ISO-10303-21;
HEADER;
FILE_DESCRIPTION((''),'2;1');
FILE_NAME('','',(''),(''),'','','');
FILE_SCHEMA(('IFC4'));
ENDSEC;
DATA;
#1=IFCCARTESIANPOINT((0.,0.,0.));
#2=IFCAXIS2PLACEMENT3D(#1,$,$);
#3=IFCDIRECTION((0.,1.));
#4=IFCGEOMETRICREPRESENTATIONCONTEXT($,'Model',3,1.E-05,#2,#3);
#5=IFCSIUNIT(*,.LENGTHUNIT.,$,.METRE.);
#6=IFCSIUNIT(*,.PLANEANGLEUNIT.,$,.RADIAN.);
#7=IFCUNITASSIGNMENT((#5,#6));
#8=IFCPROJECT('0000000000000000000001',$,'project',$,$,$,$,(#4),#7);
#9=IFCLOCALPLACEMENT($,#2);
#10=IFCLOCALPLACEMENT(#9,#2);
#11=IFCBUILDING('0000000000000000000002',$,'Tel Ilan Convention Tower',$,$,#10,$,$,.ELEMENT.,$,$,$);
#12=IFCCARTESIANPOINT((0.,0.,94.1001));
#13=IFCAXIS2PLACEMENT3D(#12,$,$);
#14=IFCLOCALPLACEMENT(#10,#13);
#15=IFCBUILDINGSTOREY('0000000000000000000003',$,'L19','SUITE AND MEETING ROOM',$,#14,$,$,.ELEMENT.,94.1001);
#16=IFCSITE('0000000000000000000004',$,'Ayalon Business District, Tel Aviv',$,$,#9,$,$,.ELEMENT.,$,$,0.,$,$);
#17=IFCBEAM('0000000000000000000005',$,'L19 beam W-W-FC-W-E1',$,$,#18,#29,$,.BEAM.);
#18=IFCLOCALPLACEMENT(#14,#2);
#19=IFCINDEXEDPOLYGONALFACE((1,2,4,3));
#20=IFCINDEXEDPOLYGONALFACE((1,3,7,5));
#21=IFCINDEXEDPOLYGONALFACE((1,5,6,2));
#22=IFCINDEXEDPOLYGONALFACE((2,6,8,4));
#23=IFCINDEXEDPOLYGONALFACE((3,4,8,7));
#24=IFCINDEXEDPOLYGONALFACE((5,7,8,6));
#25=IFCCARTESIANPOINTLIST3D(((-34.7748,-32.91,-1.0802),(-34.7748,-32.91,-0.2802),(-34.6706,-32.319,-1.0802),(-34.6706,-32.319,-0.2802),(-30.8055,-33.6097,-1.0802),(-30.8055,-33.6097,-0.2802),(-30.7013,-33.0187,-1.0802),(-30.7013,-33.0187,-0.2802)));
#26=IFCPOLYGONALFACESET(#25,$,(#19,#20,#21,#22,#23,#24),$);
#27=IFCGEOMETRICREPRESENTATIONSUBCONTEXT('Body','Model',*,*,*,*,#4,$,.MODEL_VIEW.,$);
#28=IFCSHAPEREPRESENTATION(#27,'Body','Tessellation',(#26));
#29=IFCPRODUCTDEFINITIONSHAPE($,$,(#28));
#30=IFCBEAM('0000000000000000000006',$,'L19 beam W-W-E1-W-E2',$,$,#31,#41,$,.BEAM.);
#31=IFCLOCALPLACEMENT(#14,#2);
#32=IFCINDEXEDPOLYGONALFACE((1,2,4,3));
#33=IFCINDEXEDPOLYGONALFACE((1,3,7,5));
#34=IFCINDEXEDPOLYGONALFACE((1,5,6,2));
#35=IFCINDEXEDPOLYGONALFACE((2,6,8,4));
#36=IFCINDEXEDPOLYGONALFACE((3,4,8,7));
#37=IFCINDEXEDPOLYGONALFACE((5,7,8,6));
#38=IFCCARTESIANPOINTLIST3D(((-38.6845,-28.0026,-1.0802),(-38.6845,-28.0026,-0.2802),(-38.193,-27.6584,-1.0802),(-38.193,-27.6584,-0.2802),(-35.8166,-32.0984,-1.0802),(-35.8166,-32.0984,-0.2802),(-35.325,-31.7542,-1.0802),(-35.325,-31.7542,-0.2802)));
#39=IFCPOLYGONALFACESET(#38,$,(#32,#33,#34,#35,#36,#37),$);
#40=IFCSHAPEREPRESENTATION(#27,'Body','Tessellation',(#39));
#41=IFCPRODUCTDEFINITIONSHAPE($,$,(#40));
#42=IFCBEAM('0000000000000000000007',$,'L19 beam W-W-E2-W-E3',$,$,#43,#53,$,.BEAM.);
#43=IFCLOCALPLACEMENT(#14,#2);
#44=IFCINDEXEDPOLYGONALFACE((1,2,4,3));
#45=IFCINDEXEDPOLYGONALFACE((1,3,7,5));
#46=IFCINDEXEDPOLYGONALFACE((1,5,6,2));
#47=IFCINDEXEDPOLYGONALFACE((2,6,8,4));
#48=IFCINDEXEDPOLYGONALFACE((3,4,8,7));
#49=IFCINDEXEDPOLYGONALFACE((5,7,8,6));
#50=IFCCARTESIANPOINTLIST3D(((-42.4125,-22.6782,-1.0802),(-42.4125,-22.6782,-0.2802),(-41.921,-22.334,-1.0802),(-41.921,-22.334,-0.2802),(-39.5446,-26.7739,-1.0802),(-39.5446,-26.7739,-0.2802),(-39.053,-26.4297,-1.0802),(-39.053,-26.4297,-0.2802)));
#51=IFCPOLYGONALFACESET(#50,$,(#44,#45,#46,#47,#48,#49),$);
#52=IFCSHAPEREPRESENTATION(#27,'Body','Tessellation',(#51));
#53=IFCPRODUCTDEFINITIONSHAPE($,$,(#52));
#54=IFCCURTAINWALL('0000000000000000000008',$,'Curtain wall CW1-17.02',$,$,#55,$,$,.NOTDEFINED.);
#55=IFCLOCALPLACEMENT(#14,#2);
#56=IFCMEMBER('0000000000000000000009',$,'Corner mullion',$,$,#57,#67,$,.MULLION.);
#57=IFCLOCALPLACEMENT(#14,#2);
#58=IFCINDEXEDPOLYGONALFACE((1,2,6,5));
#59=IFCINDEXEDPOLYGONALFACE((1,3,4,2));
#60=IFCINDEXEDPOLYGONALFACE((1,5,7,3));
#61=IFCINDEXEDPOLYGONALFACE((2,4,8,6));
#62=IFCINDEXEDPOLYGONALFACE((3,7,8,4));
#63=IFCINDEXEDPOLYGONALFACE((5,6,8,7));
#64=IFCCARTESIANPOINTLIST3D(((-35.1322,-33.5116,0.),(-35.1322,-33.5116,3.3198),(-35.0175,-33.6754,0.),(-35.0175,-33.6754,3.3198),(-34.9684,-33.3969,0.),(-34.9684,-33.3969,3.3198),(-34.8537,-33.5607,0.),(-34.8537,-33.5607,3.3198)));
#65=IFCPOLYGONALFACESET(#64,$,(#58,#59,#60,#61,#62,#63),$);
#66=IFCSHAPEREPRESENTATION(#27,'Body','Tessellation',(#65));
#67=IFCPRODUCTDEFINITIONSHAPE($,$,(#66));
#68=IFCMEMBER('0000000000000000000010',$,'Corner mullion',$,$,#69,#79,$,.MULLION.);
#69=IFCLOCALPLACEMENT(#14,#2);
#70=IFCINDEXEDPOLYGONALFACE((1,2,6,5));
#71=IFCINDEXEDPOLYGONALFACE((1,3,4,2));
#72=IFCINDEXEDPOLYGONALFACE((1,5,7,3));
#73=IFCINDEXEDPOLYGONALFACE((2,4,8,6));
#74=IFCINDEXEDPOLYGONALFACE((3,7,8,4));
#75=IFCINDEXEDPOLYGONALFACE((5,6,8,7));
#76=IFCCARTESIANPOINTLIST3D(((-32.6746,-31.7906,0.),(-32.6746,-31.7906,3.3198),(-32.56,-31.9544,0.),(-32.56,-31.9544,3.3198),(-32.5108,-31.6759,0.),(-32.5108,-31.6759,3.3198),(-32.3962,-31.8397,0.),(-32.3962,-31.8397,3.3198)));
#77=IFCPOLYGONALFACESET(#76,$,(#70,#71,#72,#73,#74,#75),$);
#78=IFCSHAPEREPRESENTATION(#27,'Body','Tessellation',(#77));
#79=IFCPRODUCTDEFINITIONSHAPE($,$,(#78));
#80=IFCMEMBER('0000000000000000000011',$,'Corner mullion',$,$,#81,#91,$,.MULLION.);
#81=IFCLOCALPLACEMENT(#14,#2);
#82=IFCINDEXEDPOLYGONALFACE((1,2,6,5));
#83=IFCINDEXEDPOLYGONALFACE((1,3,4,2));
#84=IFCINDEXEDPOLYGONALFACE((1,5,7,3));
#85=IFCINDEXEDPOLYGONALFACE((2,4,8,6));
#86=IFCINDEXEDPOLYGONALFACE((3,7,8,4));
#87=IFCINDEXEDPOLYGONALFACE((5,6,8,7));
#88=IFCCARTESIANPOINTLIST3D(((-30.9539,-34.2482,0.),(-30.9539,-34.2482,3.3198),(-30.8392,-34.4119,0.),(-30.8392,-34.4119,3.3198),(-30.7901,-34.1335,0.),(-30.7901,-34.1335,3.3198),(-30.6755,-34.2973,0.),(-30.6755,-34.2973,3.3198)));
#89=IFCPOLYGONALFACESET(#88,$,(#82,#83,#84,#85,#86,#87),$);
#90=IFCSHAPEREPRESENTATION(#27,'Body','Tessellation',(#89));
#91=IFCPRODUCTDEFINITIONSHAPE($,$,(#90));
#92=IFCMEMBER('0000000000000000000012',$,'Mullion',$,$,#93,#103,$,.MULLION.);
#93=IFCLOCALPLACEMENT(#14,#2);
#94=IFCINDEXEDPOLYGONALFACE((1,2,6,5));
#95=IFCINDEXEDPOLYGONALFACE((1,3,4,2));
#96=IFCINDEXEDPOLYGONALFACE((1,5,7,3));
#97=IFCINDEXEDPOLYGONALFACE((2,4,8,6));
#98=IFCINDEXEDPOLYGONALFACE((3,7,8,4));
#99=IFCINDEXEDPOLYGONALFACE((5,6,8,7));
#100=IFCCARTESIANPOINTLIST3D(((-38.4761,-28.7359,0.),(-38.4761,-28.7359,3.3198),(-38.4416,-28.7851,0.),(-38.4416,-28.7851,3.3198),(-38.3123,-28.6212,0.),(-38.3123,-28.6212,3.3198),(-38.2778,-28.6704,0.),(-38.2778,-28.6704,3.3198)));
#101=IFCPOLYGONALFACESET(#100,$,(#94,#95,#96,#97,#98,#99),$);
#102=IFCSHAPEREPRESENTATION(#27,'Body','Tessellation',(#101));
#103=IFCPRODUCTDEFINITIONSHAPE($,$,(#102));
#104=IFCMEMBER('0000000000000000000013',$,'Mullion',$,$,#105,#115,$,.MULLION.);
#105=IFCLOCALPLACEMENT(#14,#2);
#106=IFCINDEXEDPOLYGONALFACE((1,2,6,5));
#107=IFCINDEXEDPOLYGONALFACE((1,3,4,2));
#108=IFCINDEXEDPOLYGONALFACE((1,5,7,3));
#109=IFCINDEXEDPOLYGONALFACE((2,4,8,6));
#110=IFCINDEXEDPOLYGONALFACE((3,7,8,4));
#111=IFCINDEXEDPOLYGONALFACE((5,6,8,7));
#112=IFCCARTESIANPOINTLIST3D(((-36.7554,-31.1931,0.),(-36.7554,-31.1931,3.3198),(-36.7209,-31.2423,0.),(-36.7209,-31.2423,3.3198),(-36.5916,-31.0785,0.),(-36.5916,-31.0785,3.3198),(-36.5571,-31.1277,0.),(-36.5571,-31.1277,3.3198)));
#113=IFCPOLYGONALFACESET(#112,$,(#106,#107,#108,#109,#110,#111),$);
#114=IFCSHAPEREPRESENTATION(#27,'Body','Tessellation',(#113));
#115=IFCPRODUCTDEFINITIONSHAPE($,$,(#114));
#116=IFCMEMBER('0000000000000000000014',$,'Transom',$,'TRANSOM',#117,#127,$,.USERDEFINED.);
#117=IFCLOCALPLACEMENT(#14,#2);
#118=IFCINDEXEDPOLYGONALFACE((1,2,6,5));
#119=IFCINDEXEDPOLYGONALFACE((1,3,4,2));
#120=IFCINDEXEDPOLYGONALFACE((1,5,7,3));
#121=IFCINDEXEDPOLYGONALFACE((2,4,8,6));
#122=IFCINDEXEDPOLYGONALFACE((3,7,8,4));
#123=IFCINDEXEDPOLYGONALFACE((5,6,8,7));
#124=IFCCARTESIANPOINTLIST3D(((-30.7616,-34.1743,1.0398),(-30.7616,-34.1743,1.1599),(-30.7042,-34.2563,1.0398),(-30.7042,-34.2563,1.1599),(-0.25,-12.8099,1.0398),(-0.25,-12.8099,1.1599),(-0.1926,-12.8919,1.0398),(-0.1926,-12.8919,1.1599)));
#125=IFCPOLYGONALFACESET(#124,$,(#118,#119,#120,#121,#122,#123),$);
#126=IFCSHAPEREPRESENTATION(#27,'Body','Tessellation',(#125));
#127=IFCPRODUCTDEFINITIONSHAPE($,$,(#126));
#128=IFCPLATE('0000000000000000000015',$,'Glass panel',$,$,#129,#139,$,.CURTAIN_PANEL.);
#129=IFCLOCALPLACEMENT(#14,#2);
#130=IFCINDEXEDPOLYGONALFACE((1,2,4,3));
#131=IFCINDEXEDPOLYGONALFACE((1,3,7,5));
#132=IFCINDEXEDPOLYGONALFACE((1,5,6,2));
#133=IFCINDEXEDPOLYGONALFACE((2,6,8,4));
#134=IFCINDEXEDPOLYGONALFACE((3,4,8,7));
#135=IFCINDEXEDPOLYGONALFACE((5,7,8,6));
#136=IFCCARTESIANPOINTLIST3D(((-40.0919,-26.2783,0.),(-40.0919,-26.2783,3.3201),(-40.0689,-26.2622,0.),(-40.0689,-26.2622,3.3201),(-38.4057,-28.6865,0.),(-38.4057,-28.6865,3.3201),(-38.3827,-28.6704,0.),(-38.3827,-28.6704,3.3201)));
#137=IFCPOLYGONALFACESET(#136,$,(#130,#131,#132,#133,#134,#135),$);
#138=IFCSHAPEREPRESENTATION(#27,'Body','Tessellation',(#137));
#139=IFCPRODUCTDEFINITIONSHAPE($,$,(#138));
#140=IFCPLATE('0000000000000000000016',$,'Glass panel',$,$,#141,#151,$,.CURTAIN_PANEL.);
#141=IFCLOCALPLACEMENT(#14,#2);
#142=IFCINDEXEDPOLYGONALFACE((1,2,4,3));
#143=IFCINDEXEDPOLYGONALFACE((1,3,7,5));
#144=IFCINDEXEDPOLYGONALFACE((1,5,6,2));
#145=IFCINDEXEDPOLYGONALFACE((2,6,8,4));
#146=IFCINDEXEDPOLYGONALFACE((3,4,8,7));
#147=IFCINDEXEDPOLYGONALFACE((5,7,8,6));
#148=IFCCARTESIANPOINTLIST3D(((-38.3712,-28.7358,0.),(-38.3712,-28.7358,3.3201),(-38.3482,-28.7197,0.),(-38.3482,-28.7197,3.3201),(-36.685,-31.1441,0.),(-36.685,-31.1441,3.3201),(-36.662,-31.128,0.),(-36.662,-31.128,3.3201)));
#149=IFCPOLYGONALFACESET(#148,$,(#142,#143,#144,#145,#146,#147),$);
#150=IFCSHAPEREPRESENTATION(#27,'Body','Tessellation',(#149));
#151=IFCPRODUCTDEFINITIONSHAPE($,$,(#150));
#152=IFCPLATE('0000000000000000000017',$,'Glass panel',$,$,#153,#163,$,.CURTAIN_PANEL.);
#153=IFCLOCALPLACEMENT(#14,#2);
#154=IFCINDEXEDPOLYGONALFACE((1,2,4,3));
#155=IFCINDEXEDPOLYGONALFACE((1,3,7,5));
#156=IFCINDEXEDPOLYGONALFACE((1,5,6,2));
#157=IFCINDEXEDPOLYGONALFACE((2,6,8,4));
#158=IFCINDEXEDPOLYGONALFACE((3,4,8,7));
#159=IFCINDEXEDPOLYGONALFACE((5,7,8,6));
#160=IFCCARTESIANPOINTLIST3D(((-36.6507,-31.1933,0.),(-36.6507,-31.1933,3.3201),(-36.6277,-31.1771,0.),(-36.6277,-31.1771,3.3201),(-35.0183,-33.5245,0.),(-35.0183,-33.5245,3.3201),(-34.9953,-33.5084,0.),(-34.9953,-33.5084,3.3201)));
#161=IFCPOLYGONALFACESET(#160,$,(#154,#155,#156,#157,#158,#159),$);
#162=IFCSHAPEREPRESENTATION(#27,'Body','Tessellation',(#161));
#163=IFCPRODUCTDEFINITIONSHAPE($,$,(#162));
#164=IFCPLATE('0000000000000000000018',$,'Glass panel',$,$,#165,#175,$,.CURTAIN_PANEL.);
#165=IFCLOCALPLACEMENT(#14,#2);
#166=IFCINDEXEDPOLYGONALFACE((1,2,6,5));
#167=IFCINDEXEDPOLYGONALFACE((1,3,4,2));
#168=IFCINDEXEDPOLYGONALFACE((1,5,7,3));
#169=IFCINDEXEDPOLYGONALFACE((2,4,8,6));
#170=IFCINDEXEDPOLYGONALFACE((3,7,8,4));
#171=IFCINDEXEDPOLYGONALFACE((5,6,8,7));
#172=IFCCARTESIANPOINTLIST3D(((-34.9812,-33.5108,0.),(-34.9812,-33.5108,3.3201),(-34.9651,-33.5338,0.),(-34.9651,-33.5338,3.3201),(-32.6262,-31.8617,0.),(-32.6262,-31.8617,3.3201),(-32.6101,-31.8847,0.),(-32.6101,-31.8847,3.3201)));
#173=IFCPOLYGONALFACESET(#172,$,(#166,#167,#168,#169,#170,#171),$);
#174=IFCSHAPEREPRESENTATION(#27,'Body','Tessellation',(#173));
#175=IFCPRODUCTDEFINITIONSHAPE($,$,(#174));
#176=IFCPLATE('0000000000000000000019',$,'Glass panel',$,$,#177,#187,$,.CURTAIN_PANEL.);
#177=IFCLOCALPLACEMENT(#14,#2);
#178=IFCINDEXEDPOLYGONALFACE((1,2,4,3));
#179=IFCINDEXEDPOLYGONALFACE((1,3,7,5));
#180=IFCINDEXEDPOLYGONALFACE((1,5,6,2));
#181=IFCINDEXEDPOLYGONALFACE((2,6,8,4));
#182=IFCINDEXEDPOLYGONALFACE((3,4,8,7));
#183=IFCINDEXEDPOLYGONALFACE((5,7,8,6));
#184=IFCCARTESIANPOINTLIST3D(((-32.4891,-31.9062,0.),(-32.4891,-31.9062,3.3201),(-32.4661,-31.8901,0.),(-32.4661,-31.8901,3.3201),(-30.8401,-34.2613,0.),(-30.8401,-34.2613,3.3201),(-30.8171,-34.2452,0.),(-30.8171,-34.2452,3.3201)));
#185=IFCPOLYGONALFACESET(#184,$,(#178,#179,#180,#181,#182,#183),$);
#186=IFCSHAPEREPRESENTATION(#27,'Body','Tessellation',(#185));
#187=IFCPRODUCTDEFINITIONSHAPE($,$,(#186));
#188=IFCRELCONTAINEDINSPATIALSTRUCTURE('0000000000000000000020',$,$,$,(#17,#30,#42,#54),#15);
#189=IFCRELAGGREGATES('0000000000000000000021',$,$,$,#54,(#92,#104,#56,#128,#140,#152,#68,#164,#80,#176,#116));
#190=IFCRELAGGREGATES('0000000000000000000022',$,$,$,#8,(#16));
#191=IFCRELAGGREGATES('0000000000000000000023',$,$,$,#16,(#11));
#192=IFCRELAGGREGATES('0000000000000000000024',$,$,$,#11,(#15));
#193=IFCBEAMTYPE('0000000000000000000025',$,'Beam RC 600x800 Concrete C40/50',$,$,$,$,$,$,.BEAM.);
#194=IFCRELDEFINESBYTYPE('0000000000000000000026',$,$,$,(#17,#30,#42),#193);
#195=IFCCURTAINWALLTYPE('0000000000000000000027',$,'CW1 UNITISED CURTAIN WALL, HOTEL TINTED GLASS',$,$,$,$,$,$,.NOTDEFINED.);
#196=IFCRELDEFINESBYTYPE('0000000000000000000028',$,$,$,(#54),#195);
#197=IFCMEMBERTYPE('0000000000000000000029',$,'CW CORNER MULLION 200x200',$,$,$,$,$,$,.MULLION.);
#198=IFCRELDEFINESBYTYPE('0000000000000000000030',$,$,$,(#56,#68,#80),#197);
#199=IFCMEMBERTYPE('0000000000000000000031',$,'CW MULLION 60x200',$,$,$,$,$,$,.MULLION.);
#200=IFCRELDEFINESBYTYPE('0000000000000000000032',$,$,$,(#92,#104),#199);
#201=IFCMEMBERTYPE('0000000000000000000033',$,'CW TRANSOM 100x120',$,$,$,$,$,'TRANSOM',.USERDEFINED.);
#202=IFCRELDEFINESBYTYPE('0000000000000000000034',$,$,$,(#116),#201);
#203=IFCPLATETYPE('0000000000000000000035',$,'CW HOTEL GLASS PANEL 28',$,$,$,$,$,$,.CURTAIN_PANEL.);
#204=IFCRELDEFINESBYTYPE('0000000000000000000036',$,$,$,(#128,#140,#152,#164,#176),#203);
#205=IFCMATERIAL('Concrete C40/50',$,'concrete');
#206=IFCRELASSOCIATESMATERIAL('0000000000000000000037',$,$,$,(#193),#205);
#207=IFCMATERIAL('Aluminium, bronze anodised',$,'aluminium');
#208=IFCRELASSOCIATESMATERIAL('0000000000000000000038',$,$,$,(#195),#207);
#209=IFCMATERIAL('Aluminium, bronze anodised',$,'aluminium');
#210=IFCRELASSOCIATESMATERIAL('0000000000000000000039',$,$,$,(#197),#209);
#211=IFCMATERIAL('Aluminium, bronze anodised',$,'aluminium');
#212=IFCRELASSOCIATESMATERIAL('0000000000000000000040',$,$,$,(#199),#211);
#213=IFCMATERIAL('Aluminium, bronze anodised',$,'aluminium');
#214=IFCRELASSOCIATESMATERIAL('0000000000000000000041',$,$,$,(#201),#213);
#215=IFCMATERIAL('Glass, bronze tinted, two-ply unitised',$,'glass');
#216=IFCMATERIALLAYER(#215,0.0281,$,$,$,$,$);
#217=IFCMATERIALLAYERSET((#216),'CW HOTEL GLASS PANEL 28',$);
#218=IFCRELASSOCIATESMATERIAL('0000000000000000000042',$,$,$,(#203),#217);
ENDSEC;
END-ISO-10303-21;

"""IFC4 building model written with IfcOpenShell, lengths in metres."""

from ifc_helpers import new_model, si_unit, direction, frame, origin, origin_2d, place, context, subcontext, project, spatial, rectangle, extrude, material, layer, layer_set, material_profile, profile_set, type_object, element, aggregate, save


model = new_model("IFC4")

# Units and contexts
model_context = context("Model", 3, precision=1e-05, world=origin(), true_north=direction((0.0, 1.0)))
body_context = subcontext(model_context, "Body", "Model", "MODEL_VIEW")
ifc_project = project(units=[si_unit("LENGTHUNIT", "METRE"), si_unit("PLANEANGLEUNIT", "RADIAN")], contexts=[model_context])

# Site, building, storey
site_placement = place(None, origin())
site = spatial("IfcSite", under=ifc_project, at=site_placement, Name="Ayalon Business District, Tel Aviv", CompositionType="ELEMENT", RefElevation=0.0)
building_placement = place(site_placement, origin())
building = spatial("IfcBuilding", under=site, at=building_placement, Name="Tel Ilan Convention Tower", CompositionType="ELEMENT")
storey_placement = place(building_placement, frame((0.0, 0.0, 94.1001)))
storey = spatial("IfcBuildingStorey", under=building, at=storey_placement, Name="L19", Description="SUITE AND MEETING ROOM", CompositionType="ELEMENT", Elevation=94.1001)

# Beams
ifc_material_1 = material(Name="Concrete C40/50", Category="concrete")
ifc_material_profile_1 = material_profile(ifc_material_1, rectangle(XDim=0.6001, YDim=0.8, at=origin_2d()), Name="RC 600x800")
ifc_profile_set_1 = profile_set([ifc_material_profile_1], Name="Concrete C40/50")
beam_type = type_object("IfcBeamType", Name="Beam RC 600x800 Concrete C40/50", PredefinedType="BEAM", material=ifc_profile_set_1)
beam_placement = place(storey_placement, frame((-30.7534, -33.3142, -0.6802), z_axis=(-0.984815, 0.173606, 0.0), x_axis=(-0.173606, -0.984815, 0.0)))
element("IfcBeam", 1, at=beam_placement, inside=storey, type_object=beam_type, Name="L19 beam W-W-FC-W-E1", PredefinedType="BEAM", context=body_context, shape_type="SweptSolid", body=[
    extrude(rectangle(XDim=0.6001, YDim=0.8, at=origin_2d()), origin(), (0.0, 0.0, 1.0), 4.0305),
])
for number, where, z_axis, x_axis, name in (
    (2, (-35.5708, -31.9263, -0.6802), (-0.573587, 0.819145, 0.0), (-0.819145, -0.573587, 0.0), "L19 beam W-W-E1-W-E2"),
    (3, (-39.2988, -26.6018, -0.6802), (-0.573587, 0.819145, 0.0), (-0.819145, -0.573587, 0.0), "L19 beam W-W-E2-W-E3"),
):
    element("IfcBeam", number, at=place(storey_placement, frame(where, z_axis=z_axis, x_axis=x_axis)), inside=storey, type_object=beam_type, Name=name, PredefinedType="BEAM", context=body_context, shape_type="SweptSolid", body=[
        extrude(rectangle(XDim=0.6001, YDim=0.8, at=origin_2d()), origin(), (0.0, 0.0, 1.0), 5.0),
    ])

# Curtain wall, members, plates
ifc_material_2 = material(Name="Aluminium, bronze anodised", Category="aluminium")
curtain_wall_type = type_object("IfcCurtainWallType", Name="CW1 UNITISED CURTAIN WALL, HOTEL TINTED GLASS", PredefinedType="NOTDEFINED", material=ifc_material_2)
curtain_wall_placement = place(storey_placement, origin())
curtain_wall = element("IfcCurtainWall", 4, at=curtain_wall_placement, inside=storey, type_object=curtain_wall_type, Name="Curtain wall CW1-17.02", PredefinedType="NOTDEFINED")
ifc_material_3 = material(Name="Aluminium, bronze anodised", Category="aluminium")
ifc_material_profile_2 = material_profile(ifc_material_3, rectangle(XDim=0.2, YDim=0.2, at=origin_2d()), Name="CW CORNER MULLION 200x200")
ifc_profile_set_2 = profile_set([ifc_material_profile_2], Name="Aluminium, bronze anodised")
member_type_1 = type_object("IfcMemberType", Name="CW CORNER MULLION 200x200", PredefinedType="MULLION", material=ifc_profile_set_2)
member_1_placement = place(storey_placement, frame((-34.9929, -33.5361, 0.0), z_axis=(0.0, 0.0, 1.0), x_axis=(0.573576, -0.819152, 0.0)))
member_1 = element("IfcMember", 5, at=member_1_placement, type_object=member_type_1, Name="Corner mullion", PredefinedType="MULLION", context=body_context, shape_type="SweptSolid", body=[
    extrude(rectangle(XDim=0.2, YDim=0.2, at=origin_2d()), origin(), (0.0, 0.0, 1.0), 3.3198),
])
member_2_placement = place(storey_placement, frame((-32.5354, -31.8152, 0.0), z_axis=(0.0, 0.0, 1.0), x_axis=(0.819152, 0.573576, 0.0)))
member_2 = element("IfcMember", 6, at=member_2_placement, type_object=member_type_1, Name="Corner mullion", PredefinedType="MULLION", context=body_context, shape_type="SweptSolid", body=[
    extrude(rectangle(XDim=0.2, YDim=0.2, at=origin_2d()), origin(), (0.0, 0.0, 1.0), 3.3198),
])
member_3_placement = place(storey_placement, frame((-30.8147, -34.2727, 0.0), z_axis=(0.0, 0.0, 1.0), x_axis=(0.573576, -0.819152, 0.0)))
member_3 = element("IfcMember", 7, at=member_3_placement, type_object=member_type_1, Name="Corner mullion", PredefinedType="MULLION", context=body_context, shape_type="SweptSolid", body=[
    extrude(rectangle(XDim=0.2, YDim=0.2, at=origin_2d()), origin(), (0.0, 0.0, 1.0), 3.3198),
])
ifc_material_4 = material(Name="Aluminium, bronze anodised", Category="aluminium")
ifc_material_profile_3 = material_profile(ifc_material_4, rectangle(XDim=0.0601, YDim=0.2, at=origin_2d()), Name="CW MULLION 60x200")
ifc_profile_set_3 = profile_set([ifc_material_profile_3], Name="Aluminium, bronze anodised")
member_type_2 = type_object("IfcMemberType", Name="CW MULLION 60x200", PredefinedType="MULLION", material=ifc_profile_set_3)
member_4_placement = place(storey_placement, frame((-38.377, -28.7031, 0.0), z_axis=(0.0, 0.0, 1.0), x_axis=(0.573576, -0.819152, 0.0)))
member_4 = element("IfcMember", 8, at=member_4_placement, type_object=member_type_2, Name="Mullion", PredefinedType="MULLION", context=body_context, shape_type="SweptSolid", body=[
    extrude(rectangle(XDim=0.0601, YDim=0.2, at=origin_2d()), origin(), (0.0, 0.0, 1.0), 3.3198),
])
member_5_placement = place(storey_placement, frame((-36.6562, -31.1604, 0.0), z_axis=(0.0, 0.0, 1.0), x_axis=(0.573576, -0.819152, 0.0)))
member_5 = element("IfcMember", 9, at=member_5_placement, type_object=member_type_2, Name="Mullion", PredefinedType="MULLION", context=body_context, shape_type="SweptSolid", body=[
    extrude(rectangle(XDim=0.0601, YDim=0.2, at=origin_2d()), origin(), (0.0, 0.0, 1.0), 3.3198),
])
ifc_material_5 = material(Name="Aluminium, bronze anodised", Category="aluminium")
ifc_material_profile_4 = material_profile(ifc_material_5, rectangle(XDim=0.1001, YDim=0.1201, at=origin_2d()), Name="CW TRANSOM 100x120")
ifc_profile_set_4 = profile_set([ifc_material_profile_4], Name="Aluminium, bronze anodised")
member_type_3 = type_object("IfcMemberType", Name="CW TRANSOM 100x120", ElementType="TRANSOM", PredefinedType="USERDEFINED", material=ifc_profile_set_4)
member_6_placement = place(storey_placement, frame((-30.7329, -34.2153, 1.0999), z_axis=(0.819152, 0.573576, 0.0), x_axis=(-0.573576, 0.819152, 0.0)))
member_6 = element("IfcMember", 10, at=member_6_placement, type_object=member_type_3, Name="Transom", ObjectType="TRANSOM", PredefinedType="USERDEFINED", context=body_context, shape_type="SweptSolid", body=[
    extrude(rectangle(XDim=0.1001, YDim=0.1201, at=origin_2d()), origin(), (0.0, 0.0, 1.0), 37.2478),
])
ifc_material_6 = material(Name="Glass, bronze tinted, two-ply unitised", Category="glass")
ifc_layer_1 = layer(ifc_material_6, 0.0281)
ifc_layer_set_1 = layer_set([ifc_layer_1], Name="CW HOTEL GLASS PANEL 28")
plate_type = type_object("IfcPlateType", Name="CW HOTEL GLASS PANEL 28", PredefinedType="CURTAIN_PANEL", material=ifc_layer_set_1)
plate_1_placement = place(storey_placement, frame((-39.2373, -27.4744, 0.0), z_axis=(0.0, 0.0, 1.0), x_axis=(0.573576, -0.819152, 0.0)))
plate_1 = element("IfcPlate", 11, at=plate_1_placement, type_object=plate_type, Name="Glass panel", PredefinedType="CURTAIN_PANEL", context=body_context, shape_type="SweptSolid", body=[
    extrude(rectangle(XDim=2.9399, YDim=0.0281, at=origin_2d()), origin(), (0.0, 0.0, 1.0), 3.3201),
])
plate_2_placement = place(storey_placement, frame((-37.5166, -29.9319, 0.0), z_axis=(0.0, 0.0, 1.0), x_axis=(0.573576, -0.819152, 0.0)))
plate_2 = element("IfcPlate", 12, at=plate_2_placement, type_object=plate_type, Name="Glass panel", PredefinedType="CURTAIN_PANEL", context=body_context, shape_type="SweptSolid", body=[
    extrude(rectangle(XDim=2.9399, YDim=0.0281, at=origin_2d()), origin(), (0.0, 0.0, 1.0), 3.3201),
])
plate_3_placement = place(storey_placement, frame((-35.823, -32.3508, 0.0), z_axis=(0.0, 0.0, 1.0), x_axis=(0.573576, -0.819152, 0.0)))
plate_3 = element("IfcPlate", 13, at=plate_3_placement, type_object=plate_type, Name="Glass panel", PredefinedType="CURTAIN_PANEL", context=body_context, shape_type="SweptSolid", body=[
    extrude(rectangle(XDim=2.8459, YDim=0.0281, at=origin_2d()), origin(), (0.0, 0.0, 1.0), 3.3201),
])
plate_4_placement = place(storey_placement, frame((-33.7957, -32.6978, 0.0), z_axis=(0.0, 0.0, 1.0), x_axis=(0.819152, 0.573576, 0.0)))
plate_4 = element("IfcPlate", 14, at=plate_4_placement, type_object=plate_type, Name="Glass panel", PredefinedType="CURTAIN_PANEL", context=body_context, shape_type="SweptSolid", body=[
    extrude(rectangle(XDim=2.875, YDim=0.0281, at=origin_2d()), origin(), (0.0, 0.0, 1.0), 3.3201),
])
plate_5_placement = place(storey_placement, frame((-31.6531, -33.0757, 0.0), z_axis=(0.0, 0.0, 1.0), x_axis=(0.573576, -0.819152, 0.0)))
plate_5 = element("IfcPlate", 15, at=plate_5_placement, type_object=plate_type, Name="Glass panel", PredefinedType="CURTAIN_PANEL", context=body_context, shape_type="SweptSolid", body=[
    extrude(rectangle(XDim=2.875, YDim=0.0281, at=origin_2d()), origin(), (0.0, 0.0, 1.0), 3.3201),
])
aggregate(curtain_wall, [member_4, member_5, member_1, plate_1, plate_2, plate_3, member_2, plate_4, member_3, plate_5, member_6])

save(model, "model.ifc")
